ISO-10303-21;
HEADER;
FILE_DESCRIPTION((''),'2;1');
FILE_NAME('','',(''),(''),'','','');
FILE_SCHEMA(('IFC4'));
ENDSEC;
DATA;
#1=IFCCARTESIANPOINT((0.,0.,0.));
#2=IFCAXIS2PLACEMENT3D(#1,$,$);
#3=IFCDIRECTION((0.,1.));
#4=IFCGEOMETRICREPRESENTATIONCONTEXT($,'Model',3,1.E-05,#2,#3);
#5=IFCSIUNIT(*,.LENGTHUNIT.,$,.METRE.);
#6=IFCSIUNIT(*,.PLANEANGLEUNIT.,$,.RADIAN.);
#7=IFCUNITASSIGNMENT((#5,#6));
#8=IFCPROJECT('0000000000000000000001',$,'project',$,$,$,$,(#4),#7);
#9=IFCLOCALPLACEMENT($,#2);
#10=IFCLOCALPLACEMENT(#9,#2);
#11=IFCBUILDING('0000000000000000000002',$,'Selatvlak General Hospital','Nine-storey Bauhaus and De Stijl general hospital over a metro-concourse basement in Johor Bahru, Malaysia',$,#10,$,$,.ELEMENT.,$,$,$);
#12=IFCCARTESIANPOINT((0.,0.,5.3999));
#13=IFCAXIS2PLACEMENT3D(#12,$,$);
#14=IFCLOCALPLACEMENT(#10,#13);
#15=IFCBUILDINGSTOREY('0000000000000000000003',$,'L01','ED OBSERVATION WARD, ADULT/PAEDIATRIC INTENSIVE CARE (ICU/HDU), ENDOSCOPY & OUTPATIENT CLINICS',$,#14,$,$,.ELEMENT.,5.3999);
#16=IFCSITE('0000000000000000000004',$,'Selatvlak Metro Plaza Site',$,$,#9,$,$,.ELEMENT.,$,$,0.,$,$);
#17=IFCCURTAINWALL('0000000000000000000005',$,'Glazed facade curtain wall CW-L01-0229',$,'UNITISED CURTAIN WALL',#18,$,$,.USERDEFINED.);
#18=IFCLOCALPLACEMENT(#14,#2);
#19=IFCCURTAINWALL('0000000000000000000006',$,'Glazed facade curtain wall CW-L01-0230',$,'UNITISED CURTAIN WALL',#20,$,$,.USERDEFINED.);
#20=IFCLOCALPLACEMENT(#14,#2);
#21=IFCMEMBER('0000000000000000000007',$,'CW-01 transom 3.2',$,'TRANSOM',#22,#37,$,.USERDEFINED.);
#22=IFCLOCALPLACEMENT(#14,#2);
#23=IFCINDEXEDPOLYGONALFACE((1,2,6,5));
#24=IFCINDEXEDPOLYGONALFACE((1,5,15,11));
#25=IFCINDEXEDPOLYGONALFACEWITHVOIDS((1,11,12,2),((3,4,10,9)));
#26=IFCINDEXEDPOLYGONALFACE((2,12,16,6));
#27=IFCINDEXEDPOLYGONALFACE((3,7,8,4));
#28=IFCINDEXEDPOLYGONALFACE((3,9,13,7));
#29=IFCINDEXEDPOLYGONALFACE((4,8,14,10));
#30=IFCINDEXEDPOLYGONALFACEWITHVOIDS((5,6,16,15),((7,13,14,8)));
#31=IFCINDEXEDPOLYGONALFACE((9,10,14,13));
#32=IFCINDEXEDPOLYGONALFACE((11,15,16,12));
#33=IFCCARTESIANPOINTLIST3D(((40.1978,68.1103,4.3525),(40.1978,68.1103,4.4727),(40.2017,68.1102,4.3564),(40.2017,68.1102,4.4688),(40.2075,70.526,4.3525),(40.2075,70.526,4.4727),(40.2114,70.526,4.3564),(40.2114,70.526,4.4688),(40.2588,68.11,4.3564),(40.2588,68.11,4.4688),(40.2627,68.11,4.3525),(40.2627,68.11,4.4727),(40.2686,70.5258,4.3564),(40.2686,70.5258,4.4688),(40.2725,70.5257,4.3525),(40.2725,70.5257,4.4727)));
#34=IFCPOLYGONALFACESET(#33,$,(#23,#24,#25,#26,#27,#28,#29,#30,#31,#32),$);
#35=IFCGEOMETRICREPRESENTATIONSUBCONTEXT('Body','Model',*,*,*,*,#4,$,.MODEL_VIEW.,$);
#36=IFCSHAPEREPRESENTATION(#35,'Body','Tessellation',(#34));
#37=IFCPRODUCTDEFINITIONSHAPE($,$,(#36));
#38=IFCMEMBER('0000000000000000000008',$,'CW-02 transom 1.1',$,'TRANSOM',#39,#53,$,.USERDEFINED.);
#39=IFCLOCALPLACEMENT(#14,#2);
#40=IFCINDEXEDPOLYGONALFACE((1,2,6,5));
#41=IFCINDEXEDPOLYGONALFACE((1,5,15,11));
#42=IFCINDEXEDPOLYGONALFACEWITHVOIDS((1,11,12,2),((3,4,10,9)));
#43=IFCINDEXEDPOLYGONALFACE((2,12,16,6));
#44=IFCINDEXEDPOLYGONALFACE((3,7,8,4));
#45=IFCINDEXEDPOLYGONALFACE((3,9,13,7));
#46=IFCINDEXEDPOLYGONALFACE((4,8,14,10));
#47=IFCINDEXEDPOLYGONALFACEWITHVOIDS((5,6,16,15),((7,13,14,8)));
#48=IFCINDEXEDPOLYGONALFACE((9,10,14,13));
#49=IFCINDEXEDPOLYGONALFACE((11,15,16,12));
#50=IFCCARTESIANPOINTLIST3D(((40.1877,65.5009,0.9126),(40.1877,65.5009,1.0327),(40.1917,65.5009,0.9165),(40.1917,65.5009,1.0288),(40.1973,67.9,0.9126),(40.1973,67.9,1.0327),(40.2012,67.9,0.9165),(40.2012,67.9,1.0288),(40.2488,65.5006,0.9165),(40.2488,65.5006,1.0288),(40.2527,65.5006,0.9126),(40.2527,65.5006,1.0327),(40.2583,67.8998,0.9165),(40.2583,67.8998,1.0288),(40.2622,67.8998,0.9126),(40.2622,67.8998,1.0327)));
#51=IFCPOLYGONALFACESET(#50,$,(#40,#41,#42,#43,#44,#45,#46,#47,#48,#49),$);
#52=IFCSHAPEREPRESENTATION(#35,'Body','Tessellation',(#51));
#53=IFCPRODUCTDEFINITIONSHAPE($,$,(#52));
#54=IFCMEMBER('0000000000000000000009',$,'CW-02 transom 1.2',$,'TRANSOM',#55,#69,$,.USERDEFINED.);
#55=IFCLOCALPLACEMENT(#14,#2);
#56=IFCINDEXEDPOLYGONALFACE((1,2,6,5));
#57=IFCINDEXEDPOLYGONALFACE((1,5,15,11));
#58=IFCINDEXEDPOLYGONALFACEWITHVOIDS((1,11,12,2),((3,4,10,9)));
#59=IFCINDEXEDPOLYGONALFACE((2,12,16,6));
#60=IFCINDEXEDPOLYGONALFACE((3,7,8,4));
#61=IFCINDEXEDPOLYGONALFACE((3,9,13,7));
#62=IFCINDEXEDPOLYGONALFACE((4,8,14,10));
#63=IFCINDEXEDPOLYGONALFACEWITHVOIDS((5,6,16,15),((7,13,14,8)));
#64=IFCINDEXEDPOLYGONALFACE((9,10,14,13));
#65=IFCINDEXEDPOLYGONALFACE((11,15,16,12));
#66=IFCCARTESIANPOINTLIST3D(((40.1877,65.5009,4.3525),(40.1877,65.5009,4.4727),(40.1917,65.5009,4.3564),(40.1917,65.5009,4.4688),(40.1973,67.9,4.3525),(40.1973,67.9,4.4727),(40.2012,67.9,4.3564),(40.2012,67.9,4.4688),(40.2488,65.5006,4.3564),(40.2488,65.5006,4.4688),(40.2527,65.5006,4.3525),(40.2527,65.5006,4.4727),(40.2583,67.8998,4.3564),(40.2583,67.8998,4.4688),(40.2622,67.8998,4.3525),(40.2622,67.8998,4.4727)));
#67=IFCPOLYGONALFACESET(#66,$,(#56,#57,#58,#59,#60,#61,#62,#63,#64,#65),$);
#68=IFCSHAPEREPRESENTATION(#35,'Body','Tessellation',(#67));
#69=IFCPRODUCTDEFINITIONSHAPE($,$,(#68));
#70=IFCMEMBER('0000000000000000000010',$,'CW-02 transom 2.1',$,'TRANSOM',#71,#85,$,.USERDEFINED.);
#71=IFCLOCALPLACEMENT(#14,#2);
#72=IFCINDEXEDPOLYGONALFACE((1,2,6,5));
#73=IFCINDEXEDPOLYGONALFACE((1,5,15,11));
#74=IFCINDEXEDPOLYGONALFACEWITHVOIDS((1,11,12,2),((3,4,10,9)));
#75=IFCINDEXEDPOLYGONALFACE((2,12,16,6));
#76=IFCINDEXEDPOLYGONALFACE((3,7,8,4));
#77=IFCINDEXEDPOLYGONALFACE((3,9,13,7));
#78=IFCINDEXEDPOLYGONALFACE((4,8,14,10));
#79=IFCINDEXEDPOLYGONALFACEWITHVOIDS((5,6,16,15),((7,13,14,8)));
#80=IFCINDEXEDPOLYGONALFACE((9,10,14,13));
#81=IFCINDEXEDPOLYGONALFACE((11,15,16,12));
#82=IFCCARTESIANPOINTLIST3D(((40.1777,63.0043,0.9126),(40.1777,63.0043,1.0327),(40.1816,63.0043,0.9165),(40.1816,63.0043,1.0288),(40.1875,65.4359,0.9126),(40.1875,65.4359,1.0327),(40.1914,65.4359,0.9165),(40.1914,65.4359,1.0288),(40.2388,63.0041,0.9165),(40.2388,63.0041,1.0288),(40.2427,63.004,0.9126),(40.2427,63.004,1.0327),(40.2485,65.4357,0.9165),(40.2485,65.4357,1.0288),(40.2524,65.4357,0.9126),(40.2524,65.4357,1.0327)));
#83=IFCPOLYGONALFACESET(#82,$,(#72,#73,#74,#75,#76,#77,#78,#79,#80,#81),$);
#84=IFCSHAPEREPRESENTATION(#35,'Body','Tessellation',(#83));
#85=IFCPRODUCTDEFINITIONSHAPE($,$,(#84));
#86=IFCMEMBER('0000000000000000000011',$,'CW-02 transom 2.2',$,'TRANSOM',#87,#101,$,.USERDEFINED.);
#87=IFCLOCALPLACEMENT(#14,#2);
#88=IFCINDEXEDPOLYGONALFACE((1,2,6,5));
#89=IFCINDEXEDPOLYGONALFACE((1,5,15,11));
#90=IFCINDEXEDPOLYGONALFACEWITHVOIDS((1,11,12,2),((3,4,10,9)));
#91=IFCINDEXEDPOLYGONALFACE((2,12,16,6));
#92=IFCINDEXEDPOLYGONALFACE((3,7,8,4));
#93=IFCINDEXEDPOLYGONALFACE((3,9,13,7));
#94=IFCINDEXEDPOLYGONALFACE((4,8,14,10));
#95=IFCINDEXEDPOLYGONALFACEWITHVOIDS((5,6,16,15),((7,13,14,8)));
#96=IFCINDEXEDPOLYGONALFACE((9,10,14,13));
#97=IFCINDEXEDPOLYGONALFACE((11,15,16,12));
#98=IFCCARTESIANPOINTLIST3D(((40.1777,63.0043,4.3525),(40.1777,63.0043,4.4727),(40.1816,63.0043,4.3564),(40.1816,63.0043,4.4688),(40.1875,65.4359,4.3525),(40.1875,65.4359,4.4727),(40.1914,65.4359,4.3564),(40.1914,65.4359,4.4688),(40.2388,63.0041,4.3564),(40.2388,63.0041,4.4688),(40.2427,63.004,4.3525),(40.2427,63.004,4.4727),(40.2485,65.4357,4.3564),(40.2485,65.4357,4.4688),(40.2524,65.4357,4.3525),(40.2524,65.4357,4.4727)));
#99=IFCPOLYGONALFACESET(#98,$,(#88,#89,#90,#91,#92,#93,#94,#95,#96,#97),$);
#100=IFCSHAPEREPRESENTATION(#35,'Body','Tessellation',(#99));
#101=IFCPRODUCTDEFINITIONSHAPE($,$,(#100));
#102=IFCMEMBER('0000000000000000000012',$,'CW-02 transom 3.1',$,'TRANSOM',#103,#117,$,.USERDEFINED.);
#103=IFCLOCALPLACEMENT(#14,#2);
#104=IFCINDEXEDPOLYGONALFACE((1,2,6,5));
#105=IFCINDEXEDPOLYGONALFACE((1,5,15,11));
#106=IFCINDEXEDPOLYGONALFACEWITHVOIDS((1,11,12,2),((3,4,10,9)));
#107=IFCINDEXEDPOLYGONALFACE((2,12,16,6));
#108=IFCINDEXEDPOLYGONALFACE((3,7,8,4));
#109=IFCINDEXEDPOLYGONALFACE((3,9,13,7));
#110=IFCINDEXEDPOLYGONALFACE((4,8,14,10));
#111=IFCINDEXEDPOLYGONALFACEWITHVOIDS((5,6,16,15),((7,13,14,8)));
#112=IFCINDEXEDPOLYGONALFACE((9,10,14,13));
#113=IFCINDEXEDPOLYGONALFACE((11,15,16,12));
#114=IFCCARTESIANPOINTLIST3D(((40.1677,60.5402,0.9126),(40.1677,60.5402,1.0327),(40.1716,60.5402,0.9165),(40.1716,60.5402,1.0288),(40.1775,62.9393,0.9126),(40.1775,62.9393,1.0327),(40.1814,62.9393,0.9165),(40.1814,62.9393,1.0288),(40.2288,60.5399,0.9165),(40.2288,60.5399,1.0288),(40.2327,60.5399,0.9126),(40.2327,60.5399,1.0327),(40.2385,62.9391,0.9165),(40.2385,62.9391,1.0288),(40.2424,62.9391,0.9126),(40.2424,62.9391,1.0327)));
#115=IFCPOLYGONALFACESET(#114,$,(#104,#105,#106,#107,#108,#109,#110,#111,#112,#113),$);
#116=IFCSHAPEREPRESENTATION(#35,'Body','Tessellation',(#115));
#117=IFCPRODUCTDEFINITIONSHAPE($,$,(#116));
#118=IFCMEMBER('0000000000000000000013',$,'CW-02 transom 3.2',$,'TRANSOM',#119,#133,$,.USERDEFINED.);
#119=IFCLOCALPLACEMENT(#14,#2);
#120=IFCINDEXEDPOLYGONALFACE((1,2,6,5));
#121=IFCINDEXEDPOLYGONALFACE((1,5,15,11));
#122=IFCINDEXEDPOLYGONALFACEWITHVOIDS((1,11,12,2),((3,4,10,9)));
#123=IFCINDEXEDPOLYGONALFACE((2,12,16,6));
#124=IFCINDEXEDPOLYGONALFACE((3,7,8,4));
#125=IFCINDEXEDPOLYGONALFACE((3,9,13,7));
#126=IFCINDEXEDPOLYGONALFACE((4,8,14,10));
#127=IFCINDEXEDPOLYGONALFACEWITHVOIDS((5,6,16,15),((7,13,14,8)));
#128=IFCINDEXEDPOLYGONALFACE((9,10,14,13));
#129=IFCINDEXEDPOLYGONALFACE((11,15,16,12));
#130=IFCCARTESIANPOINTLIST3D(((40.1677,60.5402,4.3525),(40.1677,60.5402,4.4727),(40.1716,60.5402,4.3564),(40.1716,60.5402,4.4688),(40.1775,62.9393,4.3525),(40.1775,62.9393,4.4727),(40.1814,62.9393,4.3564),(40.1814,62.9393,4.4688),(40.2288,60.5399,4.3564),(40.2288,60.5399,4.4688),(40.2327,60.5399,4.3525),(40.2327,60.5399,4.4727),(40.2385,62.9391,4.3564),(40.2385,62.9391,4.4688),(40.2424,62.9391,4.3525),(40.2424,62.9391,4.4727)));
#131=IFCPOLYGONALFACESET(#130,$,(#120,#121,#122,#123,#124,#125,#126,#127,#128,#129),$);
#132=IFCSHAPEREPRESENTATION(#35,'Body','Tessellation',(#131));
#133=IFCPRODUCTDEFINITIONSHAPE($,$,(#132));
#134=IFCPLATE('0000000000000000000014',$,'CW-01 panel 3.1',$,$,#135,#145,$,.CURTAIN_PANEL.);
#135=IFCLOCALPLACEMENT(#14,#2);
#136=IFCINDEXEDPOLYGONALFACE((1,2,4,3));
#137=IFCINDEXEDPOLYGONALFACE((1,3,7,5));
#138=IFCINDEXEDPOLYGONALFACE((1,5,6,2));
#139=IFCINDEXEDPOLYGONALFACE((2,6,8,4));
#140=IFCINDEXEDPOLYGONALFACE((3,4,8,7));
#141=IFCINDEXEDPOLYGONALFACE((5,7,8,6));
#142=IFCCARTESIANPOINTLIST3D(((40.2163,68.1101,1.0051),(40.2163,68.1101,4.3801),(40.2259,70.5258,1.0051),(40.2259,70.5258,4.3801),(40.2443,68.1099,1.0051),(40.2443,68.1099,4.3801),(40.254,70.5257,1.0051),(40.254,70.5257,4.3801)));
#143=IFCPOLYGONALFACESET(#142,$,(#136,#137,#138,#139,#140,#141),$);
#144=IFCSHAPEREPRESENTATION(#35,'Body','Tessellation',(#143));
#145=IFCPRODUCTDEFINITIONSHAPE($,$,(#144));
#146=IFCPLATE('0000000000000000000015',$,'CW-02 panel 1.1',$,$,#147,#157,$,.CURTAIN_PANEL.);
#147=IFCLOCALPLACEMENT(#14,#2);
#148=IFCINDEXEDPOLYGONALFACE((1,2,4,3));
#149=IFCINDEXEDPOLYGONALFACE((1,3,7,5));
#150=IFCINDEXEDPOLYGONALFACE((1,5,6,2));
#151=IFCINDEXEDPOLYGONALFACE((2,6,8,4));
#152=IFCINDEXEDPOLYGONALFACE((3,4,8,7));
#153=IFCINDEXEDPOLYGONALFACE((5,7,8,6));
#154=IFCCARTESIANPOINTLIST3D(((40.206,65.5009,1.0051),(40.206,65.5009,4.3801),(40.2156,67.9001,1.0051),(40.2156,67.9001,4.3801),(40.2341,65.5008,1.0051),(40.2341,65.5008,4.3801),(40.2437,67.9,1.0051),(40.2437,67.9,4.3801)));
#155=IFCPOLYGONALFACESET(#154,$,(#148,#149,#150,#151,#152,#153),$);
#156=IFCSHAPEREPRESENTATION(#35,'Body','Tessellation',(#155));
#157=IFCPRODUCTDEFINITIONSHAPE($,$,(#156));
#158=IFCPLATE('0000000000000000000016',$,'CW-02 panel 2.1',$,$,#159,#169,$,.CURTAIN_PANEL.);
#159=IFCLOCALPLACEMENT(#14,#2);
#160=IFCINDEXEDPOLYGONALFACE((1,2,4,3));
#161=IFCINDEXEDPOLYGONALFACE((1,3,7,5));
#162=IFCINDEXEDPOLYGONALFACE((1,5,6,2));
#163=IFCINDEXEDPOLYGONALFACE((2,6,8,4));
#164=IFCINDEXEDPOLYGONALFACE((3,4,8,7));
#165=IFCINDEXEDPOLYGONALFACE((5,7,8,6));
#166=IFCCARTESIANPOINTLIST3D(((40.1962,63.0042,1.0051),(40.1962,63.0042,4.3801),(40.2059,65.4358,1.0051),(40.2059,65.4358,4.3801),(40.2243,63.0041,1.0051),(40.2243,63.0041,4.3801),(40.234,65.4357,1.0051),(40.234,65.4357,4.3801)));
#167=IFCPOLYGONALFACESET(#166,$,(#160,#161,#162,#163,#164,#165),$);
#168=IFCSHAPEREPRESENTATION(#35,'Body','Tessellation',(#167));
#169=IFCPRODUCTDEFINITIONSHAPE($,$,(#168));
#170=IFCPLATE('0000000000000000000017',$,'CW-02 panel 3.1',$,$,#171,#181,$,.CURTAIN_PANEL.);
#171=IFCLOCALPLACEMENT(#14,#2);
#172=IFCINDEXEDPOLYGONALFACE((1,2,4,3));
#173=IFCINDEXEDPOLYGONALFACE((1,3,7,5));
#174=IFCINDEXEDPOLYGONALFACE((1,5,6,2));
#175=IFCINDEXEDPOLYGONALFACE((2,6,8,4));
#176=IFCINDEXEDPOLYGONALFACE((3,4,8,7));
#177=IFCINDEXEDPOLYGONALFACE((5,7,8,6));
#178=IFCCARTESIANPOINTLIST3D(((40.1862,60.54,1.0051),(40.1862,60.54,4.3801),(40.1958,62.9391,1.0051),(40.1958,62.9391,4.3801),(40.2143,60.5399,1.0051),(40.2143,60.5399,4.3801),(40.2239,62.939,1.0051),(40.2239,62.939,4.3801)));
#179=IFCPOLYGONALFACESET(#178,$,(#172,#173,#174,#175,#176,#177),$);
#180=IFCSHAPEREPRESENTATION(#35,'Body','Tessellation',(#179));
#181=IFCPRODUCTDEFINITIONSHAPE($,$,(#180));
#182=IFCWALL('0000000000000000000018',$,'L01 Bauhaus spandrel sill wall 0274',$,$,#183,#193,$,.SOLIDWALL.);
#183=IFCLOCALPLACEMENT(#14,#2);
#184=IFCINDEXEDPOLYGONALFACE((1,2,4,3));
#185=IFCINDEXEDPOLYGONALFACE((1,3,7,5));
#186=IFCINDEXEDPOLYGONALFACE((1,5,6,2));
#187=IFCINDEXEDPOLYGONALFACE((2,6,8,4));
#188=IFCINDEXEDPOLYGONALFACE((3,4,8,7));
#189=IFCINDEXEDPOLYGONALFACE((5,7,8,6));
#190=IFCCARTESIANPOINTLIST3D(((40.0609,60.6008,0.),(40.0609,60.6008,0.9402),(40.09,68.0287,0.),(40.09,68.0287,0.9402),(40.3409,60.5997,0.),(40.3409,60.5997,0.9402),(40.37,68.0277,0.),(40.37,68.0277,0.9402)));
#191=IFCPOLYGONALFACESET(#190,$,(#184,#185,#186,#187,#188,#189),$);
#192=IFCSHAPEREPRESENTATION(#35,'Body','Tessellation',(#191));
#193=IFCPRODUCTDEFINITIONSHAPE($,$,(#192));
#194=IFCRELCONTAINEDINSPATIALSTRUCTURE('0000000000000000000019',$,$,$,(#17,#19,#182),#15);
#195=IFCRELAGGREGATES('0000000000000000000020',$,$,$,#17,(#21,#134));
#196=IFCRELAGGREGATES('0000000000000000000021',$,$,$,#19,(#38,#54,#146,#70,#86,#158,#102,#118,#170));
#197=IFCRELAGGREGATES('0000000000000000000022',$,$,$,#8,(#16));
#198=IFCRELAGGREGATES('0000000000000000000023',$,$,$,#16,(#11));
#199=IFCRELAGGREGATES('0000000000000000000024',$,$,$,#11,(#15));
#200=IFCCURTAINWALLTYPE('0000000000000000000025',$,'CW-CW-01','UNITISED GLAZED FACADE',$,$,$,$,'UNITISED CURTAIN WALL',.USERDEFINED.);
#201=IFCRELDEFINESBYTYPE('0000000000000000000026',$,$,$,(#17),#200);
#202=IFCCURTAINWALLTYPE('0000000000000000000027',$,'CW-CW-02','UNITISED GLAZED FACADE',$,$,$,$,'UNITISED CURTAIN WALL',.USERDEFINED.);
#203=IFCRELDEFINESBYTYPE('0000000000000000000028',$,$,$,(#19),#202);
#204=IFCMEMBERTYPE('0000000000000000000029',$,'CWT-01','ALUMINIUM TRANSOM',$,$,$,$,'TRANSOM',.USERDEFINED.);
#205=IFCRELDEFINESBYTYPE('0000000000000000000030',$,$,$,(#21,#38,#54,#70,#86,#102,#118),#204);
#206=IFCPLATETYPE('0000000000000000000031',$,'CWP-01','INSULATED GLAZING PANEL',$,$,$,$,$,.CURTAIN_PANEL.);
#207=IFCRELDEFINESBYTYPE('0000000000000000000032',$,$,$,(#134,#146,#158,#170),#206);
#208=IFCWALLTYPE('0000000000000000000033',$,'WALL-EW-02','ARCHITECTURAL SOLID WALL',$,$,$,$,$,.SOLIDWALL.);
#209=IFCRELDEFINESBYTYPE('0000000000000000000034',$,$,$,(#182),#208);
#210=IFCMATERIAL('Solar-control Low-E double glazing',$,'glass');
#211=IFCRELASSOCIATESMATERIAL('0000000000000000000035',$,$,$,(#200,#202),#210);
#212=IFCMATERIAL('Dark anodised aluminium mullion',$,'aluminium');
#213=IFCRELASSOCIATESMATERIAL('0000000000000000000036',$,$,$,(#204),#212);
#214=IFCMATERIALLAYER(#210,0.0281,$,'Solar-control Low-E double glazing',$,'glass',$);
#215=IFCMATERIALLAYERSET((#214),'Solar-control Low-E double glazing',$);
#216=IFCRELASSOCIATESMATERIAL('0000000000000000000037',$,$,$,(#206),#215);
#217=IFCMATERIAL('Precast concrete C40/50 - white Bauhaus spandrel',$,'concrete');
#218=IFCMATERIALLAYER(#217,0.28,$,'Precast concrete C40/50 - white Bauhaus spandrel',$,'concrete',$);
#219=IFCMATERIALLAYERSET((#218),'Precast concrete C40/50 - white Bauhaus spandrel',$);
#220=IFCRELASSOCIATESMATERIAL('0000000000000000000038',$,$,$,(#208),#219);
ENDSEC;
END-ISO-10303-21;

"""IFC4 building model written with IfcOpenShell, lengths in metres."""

from ifc_helpers import new_model, si_unit, direction, frame, frame_2d, origin, origin_2d, place, context, subcontext, project, spatial, rectangle, hollow_rectangle, extrude, material, layer, layer_set, material_profile, profile_set, type_object, element, aggregate, save


model = new_model("IFC4")

# Units and contexts
model_context = context("Model", 3, precision=1e-05, world=origin(), true_north=direction((0.0, 1.0)))
body_context = subcontext(model_context, "Body", "Model", "MODEL_VIEW")
ifc_project = project(units=[si_unit("LENGTHUNIT", "METRE"), si_unit("PLANEANGLEUNIT", "RADIAN")], contexts=[model_context])

# Site, building, storey
site_placement = place(None, origin())
site = spatial("IfcSite", under=ifc_project, at=site_placement, Name="Selatvlak Metro Plaza Site", CompositionType="ELEMENT", RefElevation=0.0)
building_placement = place(site_placement, origin())
building = spatial("IfcBuilding", under=site, at=building_placement, Name="Selatvlak General Hospital", Description="Nine-storey Bauhaus and De Stijl general hospital over a metro-concourse basement in Johor Bahru, Malaysia", CompositionType="ELEMENT")
storey_placement = place(building_placement, frame((0.0, 0.0, 5.3999)))
storey = spatial("IfcBuildingStorey", under=building, at=storey_placement, Name="L01", Description="ED OBSERVATION WARD, ADULT/PAEDIATRIC INTENSIVE CARE (ICU/HDU), ENDOSCOPY & OUTPATIENT CLINICS", CompositionType="ELEMENT", Elevation=5.3999)

# Curtain wall
ifc_material_1 = material(Name="Solar-control Low-E double glazing", Category="glass")
curtain_wall_type_1 = type_object("IfcCurtainWallType", Name="CW-CW-01", Description="UNITISED GLAZED FACADE", ElementType="UNITISED CURTAIN WALL", PredefinedType="USERDEFINED", material=ifc_material_1)
curtain_wall_1_placement = place(storey_placement, origin())
curtain_wall_1 = element("IfcCurtainWall", 1, at=curtain_wall_1_placement, inside=storey, type_object=curtain_wall_type_1, Name="Glazed facade curtain wall CW-L01-0229", ObjectType="UNITISED CURTAIN WALL", PredefinedType="USERDEFINED")
ifc_material_2 = material(Name="Dark anodised aluminium mullion", Category="aluminium")

# Curtain wall
curtain_wall_type_2 = type_object("IfcCurtainWallType", Name="CW-CW-02", Description="UNITISED GLAZED FACADE", ElementType="UNITISED CURTAIN WALL", PredefinedType="USERDEFINED", material=ifc_material_1)
curtain_wall_2_placement = place(storey_placement, origin())
curtain_wall_2 = element("IfcCurtainWall", 2, at=curtain_wall_2_placement, inside=storey, type_object=curtain_wall_type_2, Name="Glazed facade curtain wall CW-L01-0230", ObjectType="UNITISED CURTAIN WALL", PredefinedType="USERDEFINED")

# Members
ifc_material_profile_1 = material_profile(ifc_material_2, hollow_rectangle(XDim=0.0649, YDim=0.1201, WallThickness=0.0039, at=origin_2d()), Name="AL-TRN 65x120x4")
ifc_profile_set_1 = profile_set([ifc_material_profile_1], Name="Dark anodised aluminium mullion")
member_type_1 = type_object("IfcMemberType", Name="CWT-01", Description="ALUMINIUM TRANSOM", ElementType="TRANSOM", PredefinedType="USERDEFINED", material=ifc_profile_set_1)
member_1_placement = place(storey_placement, frame((40.24, 70.5259, 4.4126), z_axis=(-0.004042, -0.999992, 0.0), x_axis=(0.999992, -0.004042, 0.0)))
member_1 = element("IfcMember", 3, at=member_1_placement, type_object=member_type_1, Name="CW-01 transom 3.2", ObjectType="TRANSOM", PredefinedType="USERDEFINED", context=body_context, shape_type="SweptSolid", body=[
    extrude(hollow_rectangle(XDim=0.0649, YDim=0.1201, WallThickness=0.0039, at=origin_2d()), origin(), (0.0, 0.0, 1.0), 2.4158),
])
member_2_placement = place(storey_placement, frame((40.2297, 67.8999, 0.9727), z_axis=(-0.003969, -0.999992, 0.0), x_axis=(0.999992, -0.003969, 0.0)))
member_2 = element("IfcMember", 4, at=member_2_placement, type_object=member_type_1, Name="CW-02 transom 1.1", ObjectType="TRANSOM", PredefinedType="USERDEFINED", context=body_context, shape_type="SweptSolid", body=[
    extrude(hollow_rectangle(XDim=0.0649, YDim=0.1201, WallThickness=0.0039, at=origin_2d()), origin(), (0.0, 0.0, 1.0), 2.3992),
])
member_3_placement = place(storey_placement, frame((40.2297, 67.8999, 4.4126), z_axis=(-0.003969, -0.999992, 0.0), x_axis=(0.999992, -0.003969, 0.0)))
member_3 = element("IfcMember", 5, at=member_3_placement, type_object=member_type_1, Name="CW-02 transom 1.2", ObjectType="TRANSOM", PredefinedType="USERDEFINED", context=body_context, shape_type="SweptSolid", body=[
    extrude(hollow_rectangle(XDim=0.0649, YDim=0.1201, WallThickness=0.0039, at=origin_2d()), origin(), (0.0, 0.0, 1.0), 2.3992),
])
member_4_placement = place(storey_placement, frame((40.22, 65.4358, 0.9727), z_axis=(-0.004016, -0.999992, 0.0), x_axis=(0.999992, -0.004016, 0.0)))
member_4 = element("IfcMember", 6, at=member_4_placement, type_object=member_type_1, Name="CW-02 transom 2.1", ObjectType="TRANSOM", PredefinedType="USERDEFINED", context=body_context, shape_type="SweptSolid", body=[
    extrude(hollow_rectangle(XDim=0.0649, YDim=0.1201, WallThickness=0.0039, at=origin_2d()), origin(), (0.0, 0.0, 1.0), 2.4316),
])
member_5_placement = place(storey_placement, frame((40.22, 65.4358, 4.4126), z_axis=(-0.004016, -0.999992, 0.0), x_axis=(0.999992, -0.004016, 0.0)))
member_5 = element("IfcMember", 7, at=member_5_placement, type_object=member_type_1, Name="CW-02 transom 2.2", ObjectType="TRANSOM", PredefinedType="USERDEFINED", context=body_context, shape_type="SweptSolid", body=[
    extrude(hollow_rectangle(XDim=0.0649, YDim=0.1201, WallThickness=0.0039, at=origin_2d()), origin(), (0.0, 0.0, 1.0), 2.4316),
])
member_6_placement = place(storey_placement, frame((40.21, 62.9392, 0.9727), z_axis=(-0.00407, -0.999992, 0.0), x_axis=(0.999992, -0.00407, 0.0)))
member_6 = element("IfcMember", 8, at=member_6_placement, type_object=member_type_1, Name="CW-02 transom 3.1", ObjectType="TRANSOM", PredefinedType="USERDEFINED", context=body_context, shape_type="SweptSolid", body=[
    extrude(hollow_rectangle(XDim=0.0649, YDim=0.1201, WallThickness=0.0039, at=origin_2d()), origin(), (0.0, 0.0, 1.0), 2.3992),
])
member_7_placement = place(storey_placement, frame((40.21, 62.9392, 4.4126), z_axis=(-0.00407, -0.999992, 0.0), x_axis=(0.999992, -0.00407, 0.0)))
member_7 = element("IfcMember", 9, at=member_7_placement, type_object=member_type_1, Name="CW-02 transom 3.2", ObjectType="TRANSOM", PredefinedType="USERDEFINED", context=body_context, shape_type="SweptSolid", body=[
    extrude(hollow_rectangle(XDim=0.0649, YDim=0.1201, WallThickness=0.0039, at=origin_2d()), origin(), (0.0, 0.0, 1.0), 2.3992),
])

# Plates
ifc_layer_1 = layer(ifc_material_1, 0.0281, Name="Solar-control Low-E double glazing", Category="glass")
ifc_layer_set_1 = layer_set([ifc_layer_1], Name="Solar-control Low-E double glazing")
plate_type = type_object("IfcPlateType", Name="CWP-01", Description="INSULATED GLAZING PANEL", PredefinedType="CURTAIN_PANEL", material=ifc_layer_set_1)
plate_1_placement = place(storey_placement, frame((40.2351, 69.3179, 1.0051), z_axis=(0.0, 0.0, 1.0), x_axis=(-0.003979, -0.999992, 0.0)))
plate_1 = element("IfcPlate", 10, at=plate_1_placement, type_object=plate_type, Name="CW-01 panel 3.1", PredefinedType="CURTAIN_PANEL", context=body_context, shape_type="SweptSolid", body=[
    extrude(rectangle(XDim=2.4158, YDim=0.0281, at=origin_2d()), origin(), (0.0, 0.0, 1.0), 3.375),
])
aggregate(curtain_wall_1, [member_1, plate_1])
plate_2_placement = place(storey_placement, frame((40.2249, 66.7004, 1.0051), z_axis=(0.0, 0.0, 1.0), x_axis=(-0.004005, -0.999992, 0.0)))
plate_2 = element("IfcPlate", 11, at=plate_2_placement, type_object=plate_type, Name="CW-02 panel 1.1", PredefinedType="CURTAIN_PANEL", context=body_context, shape_type="SweptSolid", body=[
    extrude(rectangle(XDim=2.3992, YDim=0.0281, at=origin_2d()), origin(), (0.0, 0.0, 1.0), 3.375),
])
plate_3_placement = place(storey_placement, frame((40.2151, 64.22, 1.0051), z_axis=(0.0, 0.0, 1.0), x_axis=(-0.004005, -0.999992, 0.0)))
plate_3 = element("IfcPlate", 12, at=plate_3_placement, type_object=plate_type, Name="CW-02 panel 2.1", PredefinedType="CURTAIN_PANEL", context=body_context, shape_type="SweptSolid", body=[
    extrude(rectangle(XDim=2.4316, YDim=0.0281, at=origin_2d()), origin(), (0.0, 0.0, 1.0), 3.375),
])
plate_4_placement = place(storey_placement, frame((40.2051, 61.7395, 1.0051), z_axis=(0.0, 0.0, 1.0), x_axis=(-0.004005, -0.999992, 0.0)))
plate_4 = element("IfcPlate", 13, at=plate_4_placement, type_object=plate_type, Name="CW-02 panel 3.1", PredefinedType="CURTAIN_PANEL", context=body_context, shape_type="SweptSolid", body=[
    extrude(rectangle(XDim=2.3992, YDim=0.0281, at=origin_2d()), origin(), (0.0, 0.0, 1.0), 3.375),
])
aggregate(curtain_wall_2, [member_2, member_3, plate_2, member_4, member_5, plate_3, member_6, member_7, plate_4])

# Wall
ifc_material_3 = material(Name="Precast concrete C40/50 - white Bauhaus spandrel", Category="concrete")
ifc_layer_2 = layer(ifc_material_3, 0.28, Name="Precast concrete C40/50 - white Bauhaus spandrel", Category="concrete")
ifc_layer_set_2 = layer_set([ifc_layer_2], Name="Precast concrete C40/50 - white Bauhaus spandrel")
wall_type_1 = type_object("IfcWallType", Name="WALL-EW-02", Description="ARCHITECTURAL SOLID WALL", PredefinedType="SOLIDWALL", material=ifc_layer_set_2)
wall_1_placement = place(storey_placement, frame((40.23, 68.0281, 0.0), z_axis=(0.0, 0.0, 1.0), x_axis=(-0.003911, -0.999992, 0.0)))
element("IfcWall", 14, at=wall_1_placement, inside=storey, type_object=wall_type_1, Name="L01 Bauhaus spandrel sill wall 0274", PredefinedType="SOLIDWALL", context=body_context, shape_type="SweptSolid", body=[
    extrude(rectangle(XDim=7.428, YDim=0.28, at=frame_2d((3.7139, 0.0))), origin(), (0.0, 0.0, 1.0), 0.9402),
])

save(model, "model.ifc")
